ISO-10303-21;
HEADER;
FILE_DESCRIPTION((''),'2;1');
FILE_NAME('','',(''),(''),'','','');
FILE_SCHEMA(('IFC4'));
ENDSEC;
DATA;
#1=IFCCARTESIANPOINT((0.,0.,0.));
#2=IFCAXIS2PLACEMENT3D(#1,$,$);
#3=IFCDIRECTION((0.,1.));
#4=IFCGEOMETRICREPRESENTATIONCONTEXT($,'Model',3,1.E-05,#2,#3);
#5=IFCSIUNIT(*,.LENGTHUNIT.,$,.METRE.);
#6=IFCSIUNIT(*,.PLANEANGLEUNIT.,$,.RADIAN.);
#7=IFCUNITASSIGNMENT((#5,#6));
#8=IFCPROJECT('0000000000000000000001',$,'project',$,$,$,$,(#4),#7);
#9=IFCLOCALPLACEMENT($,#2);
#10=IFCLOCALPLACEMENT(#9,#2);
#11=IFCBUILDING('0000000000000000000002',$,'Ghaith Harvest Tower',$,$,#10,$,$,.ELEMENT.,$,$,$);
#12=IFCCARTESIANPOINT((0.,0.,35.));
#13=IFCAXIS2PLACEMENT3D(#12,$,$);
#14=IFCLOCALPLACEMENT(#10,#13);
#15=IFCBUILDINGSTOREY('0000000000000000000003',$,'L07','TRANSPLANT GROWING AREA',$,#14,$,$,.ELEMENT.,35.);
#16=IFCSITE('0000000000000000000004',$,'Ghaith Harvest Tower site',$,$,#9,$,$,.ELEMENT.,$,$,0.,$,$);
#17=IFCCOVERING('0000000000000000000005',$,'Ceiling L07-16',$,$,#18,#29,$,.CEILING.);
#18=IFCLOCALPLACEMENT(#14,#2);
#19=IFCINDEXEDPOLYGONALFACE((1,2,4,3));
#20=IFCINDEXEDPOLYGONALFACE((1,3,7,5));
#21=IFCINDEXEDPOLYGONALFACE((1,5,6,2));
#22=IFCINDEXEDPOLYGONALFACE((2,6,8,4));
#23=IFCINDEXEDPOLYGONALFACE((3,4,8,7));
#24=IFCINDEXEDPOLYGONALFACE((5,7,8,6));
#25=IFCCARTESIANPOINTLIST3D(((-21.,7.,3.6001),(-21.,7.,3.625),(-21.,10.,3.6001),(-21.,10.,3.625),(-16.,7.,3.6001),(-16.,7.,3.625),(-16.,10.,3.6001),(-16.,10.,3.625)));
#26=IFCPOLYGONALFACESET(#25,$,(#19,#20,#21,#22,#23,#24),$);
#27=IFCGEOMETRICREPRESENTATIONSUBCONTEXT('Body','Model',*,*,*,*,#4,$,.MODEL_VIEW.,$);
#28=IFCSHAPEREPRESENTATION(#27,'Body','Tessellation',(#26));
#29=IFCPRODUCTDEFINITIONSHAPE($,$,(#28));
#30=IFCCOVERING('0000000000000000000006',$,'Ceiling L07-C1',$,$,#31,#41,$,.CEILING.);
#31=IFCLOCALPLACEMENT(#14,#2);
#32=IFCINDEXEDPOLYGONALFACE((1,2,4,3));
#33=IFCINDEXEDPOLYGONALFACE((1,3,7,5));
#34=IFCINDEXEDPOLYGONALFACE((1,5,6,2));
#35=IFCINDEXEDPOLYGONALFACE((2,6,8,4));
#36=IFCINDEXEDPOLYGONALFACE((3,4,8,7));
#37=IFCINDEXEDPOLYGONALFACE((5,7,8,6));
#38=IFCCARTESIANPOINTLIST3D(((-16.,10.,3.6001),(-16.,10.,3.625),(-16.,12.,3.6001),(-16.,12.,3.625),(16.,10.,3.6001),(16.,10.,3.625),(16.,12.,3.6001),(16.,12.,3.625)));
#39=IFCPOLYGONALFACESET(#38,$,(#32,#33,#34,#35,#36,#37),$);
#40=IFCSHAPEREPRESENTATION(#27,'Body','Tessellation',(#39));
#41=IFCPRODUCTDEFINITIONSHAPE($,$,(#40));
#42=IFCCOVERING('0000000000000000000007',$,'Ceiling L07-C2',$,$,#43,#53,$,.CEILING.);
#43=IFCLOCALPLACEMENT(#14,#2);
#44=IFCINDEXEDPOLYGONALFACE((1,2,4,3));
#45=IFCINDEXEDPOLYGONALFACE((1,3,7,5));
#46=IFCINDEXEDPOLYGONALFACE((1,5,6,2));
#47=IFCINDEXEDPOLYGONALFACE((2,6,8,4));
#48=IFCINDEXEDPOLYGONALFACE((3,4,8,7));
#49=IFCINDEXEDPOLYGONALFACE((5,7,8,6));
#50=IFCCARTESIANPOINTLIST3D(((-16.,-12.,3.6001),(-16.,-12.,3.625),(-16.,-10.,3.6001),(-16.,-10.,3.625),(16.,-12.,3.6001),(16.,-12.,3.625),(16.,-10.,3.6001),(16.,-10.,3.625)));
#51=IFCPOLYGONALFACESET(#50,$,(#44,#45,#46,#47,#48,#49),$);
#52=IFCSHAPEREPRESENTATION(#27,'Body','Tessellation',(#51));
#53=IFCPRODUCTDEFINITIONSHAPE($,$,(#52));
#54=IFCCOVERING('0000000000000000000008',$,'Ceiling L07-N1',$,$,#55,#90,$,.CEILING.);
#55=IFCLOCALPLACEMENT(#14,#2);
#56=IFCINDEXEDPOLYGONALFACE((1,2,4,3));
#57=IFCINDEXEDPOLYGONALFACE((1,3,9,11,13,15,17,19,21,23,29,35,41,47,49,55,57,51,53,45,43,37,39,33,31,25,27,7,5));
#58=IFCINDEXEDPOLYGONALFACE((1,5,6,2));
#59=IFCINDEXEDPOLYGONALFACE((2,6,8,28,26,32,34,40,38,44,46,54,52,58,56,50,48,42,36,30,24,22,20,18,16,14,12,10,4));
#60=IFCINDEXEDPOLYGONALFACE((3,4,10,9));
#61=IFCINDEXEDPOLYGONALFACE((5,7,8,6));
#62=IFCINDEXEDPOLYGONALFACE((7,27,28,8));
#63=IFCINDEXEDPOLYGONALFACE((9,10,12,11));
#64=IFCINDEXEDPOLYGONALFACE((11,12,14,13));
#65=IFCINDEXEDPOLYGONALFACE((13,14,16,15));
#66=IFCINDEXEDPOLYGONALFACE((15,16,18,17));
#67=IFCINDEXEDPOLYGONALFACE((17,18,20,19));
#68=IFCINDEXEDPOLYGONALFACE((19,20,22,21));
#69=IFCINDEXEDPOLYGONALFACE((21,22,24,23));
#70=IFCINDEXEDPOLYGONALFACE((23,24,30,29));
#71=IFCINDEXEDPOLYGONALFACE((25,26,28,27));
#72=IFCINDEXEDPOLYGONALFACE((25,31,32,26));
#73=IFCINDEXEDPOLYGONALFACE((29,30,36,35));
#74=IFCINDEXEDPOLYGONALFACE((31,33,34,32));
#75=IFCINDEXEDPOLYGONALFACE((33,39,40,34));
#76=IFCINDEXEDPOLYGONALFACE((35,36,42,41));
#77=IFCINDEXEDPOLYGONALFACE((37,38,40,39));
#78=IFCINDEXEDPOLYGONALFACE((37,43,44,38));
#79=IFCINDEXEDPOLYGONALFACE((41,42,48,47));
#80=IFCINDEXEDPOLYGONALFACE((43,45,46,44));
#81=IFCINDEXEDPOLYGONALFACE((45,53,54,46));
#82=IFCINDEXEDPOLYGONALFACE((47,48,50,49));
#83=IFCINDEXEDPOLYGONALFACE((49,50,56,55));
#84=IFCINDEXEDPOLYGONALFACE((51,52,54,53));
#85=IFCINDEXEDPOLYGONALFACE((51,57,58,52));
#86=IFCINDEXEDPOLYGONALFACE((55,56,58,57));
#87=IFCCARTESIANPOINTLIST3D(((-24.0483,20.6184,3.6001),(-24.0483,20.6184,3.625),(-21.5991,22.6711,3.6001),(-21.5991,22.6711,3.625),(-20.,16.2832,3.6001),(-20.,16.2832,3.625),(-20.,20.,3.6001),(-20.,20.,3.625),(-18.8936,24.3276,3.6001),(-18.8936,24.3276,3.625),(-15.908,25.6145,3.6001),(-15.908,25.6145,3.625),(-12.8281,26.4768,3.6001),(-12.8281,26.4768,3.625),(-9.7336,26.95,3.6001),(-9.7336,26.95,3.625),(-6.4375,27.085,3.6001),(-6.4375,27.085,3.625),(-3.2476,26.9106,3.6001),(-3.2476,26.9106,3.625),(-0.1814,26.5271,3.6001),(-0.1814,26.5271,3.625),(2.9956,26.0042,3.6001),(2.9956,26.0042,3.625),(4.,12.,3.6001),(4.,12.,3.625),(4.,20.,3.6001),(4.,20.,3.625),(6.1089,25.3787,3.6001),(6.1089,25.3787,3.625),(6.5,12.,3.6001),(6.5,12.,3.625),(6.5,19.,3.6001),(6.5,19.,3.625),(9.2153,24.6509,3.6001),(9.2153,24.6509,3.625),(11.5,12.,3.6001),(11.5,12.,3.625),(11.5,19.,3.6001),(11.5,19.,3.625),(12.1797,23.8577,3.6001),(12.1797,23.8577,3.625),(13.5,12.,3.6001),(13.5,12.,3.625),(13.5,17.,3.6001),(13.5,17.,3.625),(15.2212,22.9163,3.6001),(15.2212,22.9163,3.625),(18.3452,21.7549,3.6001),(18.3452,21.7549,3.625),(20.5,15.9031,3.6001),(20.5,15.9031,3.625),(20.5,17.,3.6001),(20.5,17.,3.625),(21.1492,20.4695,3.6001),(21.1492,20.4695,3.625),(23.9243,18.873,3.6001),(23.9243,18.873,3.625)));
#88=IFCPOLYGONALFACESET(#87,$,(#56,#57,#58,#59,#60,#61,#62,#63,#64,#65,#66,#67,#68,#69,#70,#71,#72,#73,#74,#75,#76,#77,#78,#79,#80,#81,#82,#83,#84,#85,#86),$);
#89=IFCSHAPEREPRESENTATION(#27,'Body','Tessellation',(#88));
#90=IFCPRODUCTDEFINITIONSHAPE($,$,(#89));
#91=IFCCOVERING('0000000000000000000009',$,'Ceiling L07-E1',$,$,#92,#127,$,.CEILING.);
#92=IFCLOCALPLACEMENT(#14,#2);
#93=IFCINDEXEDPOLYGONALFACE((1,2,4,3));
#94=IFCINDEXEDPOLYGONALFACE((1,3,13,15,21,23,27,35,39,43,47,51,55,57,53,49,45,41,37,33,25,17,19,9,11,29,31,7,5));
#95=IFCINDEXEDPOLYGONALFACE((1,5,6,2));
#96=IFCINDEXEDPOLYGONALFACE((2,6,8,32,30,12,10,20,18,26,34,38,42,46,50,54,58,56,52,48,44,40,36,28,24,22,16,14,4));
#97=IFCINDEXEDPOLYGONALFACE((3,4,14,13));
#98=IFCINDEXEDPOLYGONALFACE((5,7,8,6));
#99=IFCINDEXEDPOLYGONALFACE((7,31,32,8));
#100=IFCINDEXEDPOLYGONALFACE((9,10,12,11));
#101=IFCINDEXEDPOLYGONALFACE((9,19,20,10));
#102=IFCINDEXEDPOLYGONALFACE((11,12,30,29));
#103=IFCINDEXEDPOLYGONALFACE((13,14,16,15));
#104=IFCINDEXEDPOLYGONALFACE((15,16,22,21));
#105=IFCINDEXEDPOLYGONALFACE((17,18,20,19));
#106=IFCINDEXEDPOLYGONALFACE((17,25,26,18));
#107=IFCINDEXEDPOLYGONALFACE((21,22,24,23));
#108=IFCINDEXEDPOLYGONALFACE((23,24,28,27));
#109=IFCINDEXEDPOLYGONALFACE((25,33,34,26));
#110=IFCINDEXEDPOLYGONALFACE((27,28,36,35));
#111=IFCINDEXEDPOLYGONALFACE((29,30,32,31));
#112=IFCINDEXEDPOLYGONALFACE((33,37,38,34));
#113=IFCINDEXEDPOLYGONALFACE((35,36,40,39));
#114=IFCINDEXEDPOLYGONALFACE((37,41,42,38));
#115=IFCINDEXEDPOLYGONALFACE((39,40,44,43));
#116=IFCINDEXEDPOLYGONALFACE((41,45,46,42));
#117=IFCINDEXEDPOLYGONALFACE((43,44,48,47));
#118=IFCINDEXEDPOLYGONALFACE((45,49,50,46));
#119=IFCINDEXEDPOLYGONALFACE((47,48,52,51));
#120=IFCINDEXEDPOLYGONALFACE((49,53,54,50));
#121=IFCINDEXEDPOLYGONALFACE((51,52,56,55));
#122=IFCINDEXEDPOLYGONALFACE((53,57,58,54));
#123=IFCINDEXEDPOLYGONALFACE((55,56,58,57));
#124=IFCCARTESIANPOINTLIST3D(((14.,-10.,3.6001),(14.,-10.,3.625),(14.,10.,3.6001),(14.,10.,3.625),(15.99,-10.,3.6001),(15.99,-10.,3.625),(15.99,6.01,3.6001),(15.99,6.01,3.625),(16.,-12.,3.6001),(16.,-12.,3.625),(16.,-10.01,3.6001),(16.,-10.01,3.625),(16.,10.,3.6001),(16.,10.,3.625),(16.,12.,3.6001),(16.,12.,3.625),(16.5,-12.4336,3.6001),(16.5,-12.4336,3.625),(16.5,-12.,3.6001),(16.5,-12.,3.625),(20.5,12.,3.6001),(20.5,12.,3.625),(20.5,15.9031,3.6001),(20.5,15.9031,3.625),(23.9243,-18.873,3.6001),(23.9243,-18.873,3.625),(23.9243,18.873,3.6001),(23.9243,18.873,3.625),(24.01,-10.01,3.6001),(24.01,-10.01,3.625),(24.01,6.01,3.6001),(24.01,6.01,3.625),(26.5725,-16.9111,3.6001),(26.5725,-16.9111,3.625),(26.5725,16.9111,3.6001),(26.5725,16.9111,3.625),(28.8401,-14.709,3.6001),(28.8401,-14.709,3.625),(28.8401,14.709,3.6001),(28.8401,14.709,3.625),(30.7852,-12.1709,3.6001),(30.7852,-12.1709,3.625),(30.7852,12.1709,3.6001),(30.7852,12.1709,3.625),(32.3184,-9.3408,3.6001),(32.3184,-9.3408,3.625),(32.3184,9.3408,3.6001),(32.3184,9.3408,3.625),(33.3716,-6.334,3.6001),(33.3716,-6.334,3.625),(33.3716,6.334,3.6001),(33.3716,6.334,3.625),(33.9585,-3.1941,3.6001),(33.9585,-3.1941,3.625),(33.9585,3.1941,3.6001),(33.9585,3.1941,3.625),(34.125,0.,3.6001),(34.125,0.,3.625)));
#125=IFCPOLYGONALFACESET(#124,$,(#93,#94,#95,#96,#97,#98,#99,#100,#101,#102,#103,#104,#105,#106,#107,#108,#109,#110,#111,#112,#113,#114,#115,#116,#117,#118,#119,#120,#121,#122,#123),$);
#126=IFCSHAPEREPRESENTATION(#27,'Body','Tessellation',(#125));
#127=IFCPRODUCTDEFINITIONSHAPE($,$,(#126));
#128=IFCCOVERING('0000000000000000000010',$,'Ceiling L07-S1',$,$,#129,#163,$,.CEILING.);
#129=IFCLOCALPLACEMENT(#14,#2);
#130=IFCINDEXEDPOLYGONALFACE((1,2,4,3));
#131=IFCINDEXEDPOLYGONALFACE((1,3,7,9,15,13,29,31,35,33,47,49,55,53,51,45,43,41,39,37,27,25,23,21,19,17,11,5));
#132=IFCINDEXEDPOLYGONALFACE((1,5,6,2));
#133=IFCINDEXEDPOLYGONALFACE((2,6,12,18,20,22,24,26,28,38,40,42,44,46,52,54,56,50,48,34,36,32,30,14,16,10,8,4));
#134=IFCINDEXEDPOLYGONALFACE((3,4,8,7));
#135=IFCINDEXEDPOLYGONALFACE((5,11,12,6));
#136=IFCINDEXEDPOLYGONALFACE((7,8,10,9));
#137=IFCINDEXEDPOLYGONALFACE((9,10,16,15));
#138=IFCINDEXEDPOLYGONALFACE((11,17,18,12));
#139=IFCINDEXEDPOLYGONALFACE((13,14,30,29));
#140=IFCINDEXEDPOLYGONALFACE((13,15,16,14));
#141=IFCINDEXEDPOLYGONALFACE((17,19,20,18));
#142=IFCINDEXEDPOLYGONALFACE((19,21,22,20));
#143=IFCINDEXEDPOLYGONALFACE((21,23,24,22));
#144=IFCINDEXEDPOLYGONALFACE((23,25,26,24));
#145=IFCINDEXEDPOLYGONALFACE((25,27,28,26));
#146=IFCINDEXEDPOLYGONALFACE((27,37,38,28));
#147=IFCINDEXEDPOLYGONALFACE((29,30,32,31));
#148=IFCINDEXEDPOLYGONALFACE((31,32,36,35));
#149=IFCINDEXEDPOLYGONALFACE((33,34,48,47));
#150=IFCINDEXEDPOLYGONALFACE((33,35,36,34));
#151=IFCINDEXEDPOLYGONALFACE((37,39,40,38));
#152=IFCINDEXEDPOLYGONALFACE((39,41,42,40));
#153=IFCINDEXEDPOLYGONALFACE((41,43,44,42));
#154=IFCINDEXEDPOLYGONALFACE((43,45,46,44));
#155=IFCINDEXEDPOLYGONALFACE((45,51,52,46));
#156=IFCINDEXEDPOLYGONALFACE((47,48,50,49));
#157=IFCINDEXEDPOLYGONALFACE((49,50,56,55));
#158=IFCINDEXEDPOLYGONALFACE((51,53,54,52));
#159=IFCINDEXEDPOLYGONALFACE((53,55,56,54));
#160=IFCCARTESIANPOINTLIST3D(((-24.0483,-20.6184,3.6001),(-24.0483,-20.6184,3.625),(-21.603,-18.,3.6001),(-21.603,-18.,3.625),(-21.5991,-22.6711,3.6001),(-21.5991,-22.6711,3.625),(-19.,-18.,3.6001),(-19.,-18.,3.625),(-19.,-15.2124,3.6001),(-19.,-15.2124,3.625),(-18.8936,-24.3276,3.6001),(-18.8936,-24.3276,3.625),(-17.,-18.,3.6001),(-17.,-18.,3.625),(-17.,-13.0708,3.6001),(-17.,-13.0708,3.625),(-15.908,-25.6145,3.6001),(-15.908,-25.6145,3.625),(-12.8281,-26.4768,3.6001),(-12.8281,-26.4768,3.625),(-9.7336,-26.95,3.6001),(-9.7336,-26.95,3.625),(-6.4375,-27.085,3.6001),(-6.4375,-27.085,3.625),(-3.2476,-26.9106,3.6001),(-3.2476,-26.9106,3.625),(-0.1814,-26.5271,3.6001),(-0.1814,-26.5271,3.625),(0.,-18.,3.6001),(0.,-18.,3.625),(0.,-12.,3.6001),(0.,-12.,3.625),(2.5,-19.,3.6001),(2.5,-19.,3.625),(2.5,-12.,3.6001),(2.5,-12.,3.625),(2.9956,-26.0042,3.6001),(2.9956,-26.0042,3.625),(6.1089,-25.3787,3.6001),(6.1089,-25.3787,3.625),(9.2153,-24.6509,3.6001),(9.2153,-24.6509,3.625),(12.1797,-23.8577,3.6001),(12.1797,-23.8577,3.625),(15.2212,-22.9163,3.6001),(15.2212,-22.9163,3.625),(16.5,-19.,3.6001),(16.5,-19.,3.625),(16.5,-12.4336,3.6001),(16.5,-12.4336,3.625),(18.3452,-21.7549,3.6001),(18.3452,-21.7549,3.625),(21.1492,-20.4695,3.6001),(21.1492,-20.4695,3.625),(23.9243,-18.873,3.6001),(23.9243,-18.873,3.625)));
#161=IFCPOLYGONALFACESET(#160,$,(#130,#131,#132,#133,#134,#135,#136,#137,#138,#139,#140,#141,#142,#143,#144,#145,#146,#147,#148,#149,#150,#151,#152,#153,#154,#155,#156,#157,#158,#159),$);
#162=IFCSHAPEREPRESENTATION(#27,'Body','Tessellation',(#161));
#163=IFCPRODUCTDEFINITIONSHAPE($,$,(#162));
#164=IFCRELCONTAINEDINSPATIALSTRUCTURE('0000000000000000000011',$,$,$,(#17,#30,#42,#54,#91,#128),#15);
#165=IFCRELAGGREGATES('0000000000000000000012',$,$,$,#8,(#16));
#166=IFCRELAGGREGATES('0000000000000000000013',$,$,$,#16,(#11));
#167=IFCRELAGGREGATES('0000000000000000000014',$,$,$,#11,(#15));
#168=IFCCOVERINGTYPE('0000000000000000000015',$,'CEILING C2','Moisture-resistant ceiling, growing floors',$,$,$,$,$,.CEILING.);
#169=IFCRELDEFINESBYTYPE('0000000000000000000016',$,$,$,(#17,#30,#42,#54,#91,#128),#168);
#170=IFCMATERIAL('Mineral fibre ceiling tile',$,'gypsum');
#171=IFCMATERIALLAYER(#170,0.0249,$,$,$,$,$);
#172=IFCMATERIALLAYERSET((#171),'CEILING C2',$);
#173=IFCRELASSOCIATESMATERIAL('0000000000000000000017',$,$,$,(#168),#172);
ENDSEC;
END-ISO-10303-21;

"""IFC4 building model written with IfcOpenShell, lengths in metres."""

from ifc_helpers import new_model, si_unit, direction, frame, origin, place, context, subcontext, project, spatial, polyline, outline, extrude, material, layer, layer_set, type_object, element, save


model = new_model("IFC4")

# Units and contexts
model_context = context("Model", 3, precision=1e-05, world=origin(), true_north=direction((0.0, 1.0)))
body_context = subcontext(model_context, "Body", "Model", "MODEL_VIEW")
ifc_project = project(units=[si_unit("LENGTHUNIT", "METRE"), si_unit("PLANEANGLEUNIT", "RADIAN")], contexts=[model_context])

# Site, building, storey
site_placement = place(None, origin())
site = spatial("IfcSite", under=ifc_project, at=site_placement, Name="Ghaith Harvest Tower site", CompositionType="ELEMENT", RefElevation=0.0)
building_placement = place(site_placement, origin())
building = spatial("IfcBuilding", under=site, at=building_placement, Name="Ghaith Harvest Tower", CompositionType="ELEMENT")
storey_placement = place(building_placement, frame((0.0, 0.0, 35.0)))
storey = spatial("IfcBuildingStorey", under=building, at=storey_placement, Name="L07", Description="TRANSPLANT GROWING AREA", CompositionType="ELEMENT", Elevation=35.0)

# Coverings
ifc_material_1 = material(Name="Mineral fibre ceiling tile", Category="gypsum")
ifc_layer_1 = layer(ifc_material_1, 0.0249)
ifc_layer_set_1 = layer_set([ifc_layer_1], Name="CEILING C2")
covering_type = type_object("IfcCoveringType", Name="CEILING C2", Description="Moisture-resistant ceiling, growing floors", PredefinedType="CEILING", material=ifc_layer_set_1)
covering_1_placement = place(storey_placement, frame((0.0, 0.0, 3.6001)))
element("IfcCovering", 1, at=covering_1_placement, inside=storey, type_object=covering_type, Name="Ceiling L07-16", PredefinedType="CEILING", context=body_context, shape_type="SweptSolid", body=[
    extrude(outline(polyline([(-21.0, 7.0), (-16.0, 7.0), (-16.0, 10.0), (-21.0, 10.0), (-21.0, 7.0)])), origin(), (0.0, 0.0, 1.0), 0.0249),
])
covering_2_placement = place(storey_placement, frame((0.0, 0.0, 3.6001)))
element("IfcCovering", 2, at=covering_2_placement, inside=storey, type_object=covering_type, Name="Ceiling L07-C1", PredefinedType="CEILING", context=body_context, shape_type="SweptSolid", body=[
    extrude(outline(polyline([(16.0, 10.0), (-16.0, 10.0), (-16.0, 12.0), (16.0, 12.0), (16.0, 10.0)])), origin(), (0.0, 0.0, 1.0), 0.0249),
])
covering_3_placement = place(storey_placement, frame((0.0, 0.0, 3.6001)))
element("IfcCovering", 3, at=covering_3_placement, inside=storey, type_object=covering_type, Name="Ceiling L07-C2", PredefinedType="CEILING", context=body_context, shape_type="SweptSolid", body=[
    extrude(outline(polyline([(-16.0, -10.0), (16.0, -10.0), (16.0, -12.0), (-16.0, -12.0), (-16.0, -10.0)])), origin(), (0.0, 0.0, 1.0), 0.0249),
])
covering_4_placement = place(storey_placement, frame((0.0, 0.0, 3.6001)))
element("IfcCovering", 4, at=covering_4_placement, inside=storey, type_object=covering_type, Name="Ceiling L07-N1", PredefinedType="CEILING", context=body_context, shape_type="SweptSolid", body=[
    extrude(outline(polyline([(-21.5991, 22.6711), (-18.8936, 24.3276), (-15.908, 25.6145), (-12.8281, 26.4768), (-9.7336, 26.95), (-6.4375, 27.085), (-3.2476, 26.9106), (-0.1814, 26.5271), (2.9956, 26.0042), (6.1089, 25.3787), (9.2153, 24.6509), (12.1797, 23.8577), (15.2212, 22.9163), (18.3452, 21.7549), (21.1492, 20.4695), (23.9243, 18.873), (20.5, 15.9031), (20.5, 17.0), (13.5, 17.0), (13.5, 12.0), (11.5, 12.0), (11.5, 19.0), (6.5, 19.0), (6.5, 12.0), (4.0, 12.0), (4.0, 20.0), (-20.0, 20.0), (-20.0, 16.2832), (-24.0483, 20.6184), (-21.5991, 22.6711)])), origin(), (0.0, 0.0, 1.0), 0.0249),
])
covering_5_placement = place(storey_placement, frame((0.0, 0.0, 3.6001)))
element("IfcCovering", 5, at=covering_5_placement, inside=storey, type_object=covering_type, Name="Ceiling L07-E1", PredefinedType="CEILING", context=body_context, shape_type="SweptSolid", body=[
    extrude(outline(polyline([(28.8401, 14.709), (30.7852, 12.1709), (32.3184, 9.3408), (33.3716, 6.334), (33.9585, 3.1941), (34.125, 0.0), (33.9585, -3.1941), (33.3716, -6.334), (32.3184, -9.3408), (30.7852, -12.1709), (28.8401, -14.709), (26.5725, -16.9111), (23.9243, -18.873), (16.5, -12.4336), (16.5, -12.0), (16.0, -12.0), (16.0, -10.01), (24.01, -10.01), (24.01, 6.01), (15.99, 6.01), (15.99, -10.0), (14.0, -10.0), (14.0, 10.0), (16.0, 10.0), (16.0, 12.0), (20.5, 12.0), (20.5, 15.9031), (23.9243, 18.873), (26.5725, 16.9111), (28.8401, 14.709)])), origin(), (0.0, 0.0, 1.0), 0.0249),
])
covering_6_placement = place(storey_placement, frame((0.0, 0.0, 3.6001)))
element("IfcCovering", 6, at=covering_6_placement, inside=storey, type_object=covering_type, Name="Ceiling L07-S1", PredefinedType="CEILING", context=body_context, shape_type="SweptSolid", body=[
    extrude(outline(polyline([(-12.8281, -26.4768), (-15.908, -25.6145), (-18.8936, -24.3276), (-21.5991, -22.6711), (-24.0483, -20.6184), (-21.603, -18.0), (-19.0, -18.0), (-19.0, -15.2124), (-17.0, -13.0708), (-17.0, -18.0), (0.0, -18.0), (0.0, -12.0), (2.5, -12.0), (2.5, -19.0), (16.5, -19.0), (16.5, -12.4336), (23.9243, -18.873), (21.1492, -20.4695), (18.3452, -21.7549), (15.2212, -22.9163), (12.1797, -23.8577), (9.2153, -24.6509), (6.1089, -25.3787), (2.9956, -26.0042), (-0.1814, -26.5271), (-3.2476, -26.9106), (-6.4375, -27.085), (-9.7336, -26.95), (-12.8281, -26.4768)])), origin(), (0.0, 0.0, 1.0), 0.0249),
])

save(model, "model.ifc")
